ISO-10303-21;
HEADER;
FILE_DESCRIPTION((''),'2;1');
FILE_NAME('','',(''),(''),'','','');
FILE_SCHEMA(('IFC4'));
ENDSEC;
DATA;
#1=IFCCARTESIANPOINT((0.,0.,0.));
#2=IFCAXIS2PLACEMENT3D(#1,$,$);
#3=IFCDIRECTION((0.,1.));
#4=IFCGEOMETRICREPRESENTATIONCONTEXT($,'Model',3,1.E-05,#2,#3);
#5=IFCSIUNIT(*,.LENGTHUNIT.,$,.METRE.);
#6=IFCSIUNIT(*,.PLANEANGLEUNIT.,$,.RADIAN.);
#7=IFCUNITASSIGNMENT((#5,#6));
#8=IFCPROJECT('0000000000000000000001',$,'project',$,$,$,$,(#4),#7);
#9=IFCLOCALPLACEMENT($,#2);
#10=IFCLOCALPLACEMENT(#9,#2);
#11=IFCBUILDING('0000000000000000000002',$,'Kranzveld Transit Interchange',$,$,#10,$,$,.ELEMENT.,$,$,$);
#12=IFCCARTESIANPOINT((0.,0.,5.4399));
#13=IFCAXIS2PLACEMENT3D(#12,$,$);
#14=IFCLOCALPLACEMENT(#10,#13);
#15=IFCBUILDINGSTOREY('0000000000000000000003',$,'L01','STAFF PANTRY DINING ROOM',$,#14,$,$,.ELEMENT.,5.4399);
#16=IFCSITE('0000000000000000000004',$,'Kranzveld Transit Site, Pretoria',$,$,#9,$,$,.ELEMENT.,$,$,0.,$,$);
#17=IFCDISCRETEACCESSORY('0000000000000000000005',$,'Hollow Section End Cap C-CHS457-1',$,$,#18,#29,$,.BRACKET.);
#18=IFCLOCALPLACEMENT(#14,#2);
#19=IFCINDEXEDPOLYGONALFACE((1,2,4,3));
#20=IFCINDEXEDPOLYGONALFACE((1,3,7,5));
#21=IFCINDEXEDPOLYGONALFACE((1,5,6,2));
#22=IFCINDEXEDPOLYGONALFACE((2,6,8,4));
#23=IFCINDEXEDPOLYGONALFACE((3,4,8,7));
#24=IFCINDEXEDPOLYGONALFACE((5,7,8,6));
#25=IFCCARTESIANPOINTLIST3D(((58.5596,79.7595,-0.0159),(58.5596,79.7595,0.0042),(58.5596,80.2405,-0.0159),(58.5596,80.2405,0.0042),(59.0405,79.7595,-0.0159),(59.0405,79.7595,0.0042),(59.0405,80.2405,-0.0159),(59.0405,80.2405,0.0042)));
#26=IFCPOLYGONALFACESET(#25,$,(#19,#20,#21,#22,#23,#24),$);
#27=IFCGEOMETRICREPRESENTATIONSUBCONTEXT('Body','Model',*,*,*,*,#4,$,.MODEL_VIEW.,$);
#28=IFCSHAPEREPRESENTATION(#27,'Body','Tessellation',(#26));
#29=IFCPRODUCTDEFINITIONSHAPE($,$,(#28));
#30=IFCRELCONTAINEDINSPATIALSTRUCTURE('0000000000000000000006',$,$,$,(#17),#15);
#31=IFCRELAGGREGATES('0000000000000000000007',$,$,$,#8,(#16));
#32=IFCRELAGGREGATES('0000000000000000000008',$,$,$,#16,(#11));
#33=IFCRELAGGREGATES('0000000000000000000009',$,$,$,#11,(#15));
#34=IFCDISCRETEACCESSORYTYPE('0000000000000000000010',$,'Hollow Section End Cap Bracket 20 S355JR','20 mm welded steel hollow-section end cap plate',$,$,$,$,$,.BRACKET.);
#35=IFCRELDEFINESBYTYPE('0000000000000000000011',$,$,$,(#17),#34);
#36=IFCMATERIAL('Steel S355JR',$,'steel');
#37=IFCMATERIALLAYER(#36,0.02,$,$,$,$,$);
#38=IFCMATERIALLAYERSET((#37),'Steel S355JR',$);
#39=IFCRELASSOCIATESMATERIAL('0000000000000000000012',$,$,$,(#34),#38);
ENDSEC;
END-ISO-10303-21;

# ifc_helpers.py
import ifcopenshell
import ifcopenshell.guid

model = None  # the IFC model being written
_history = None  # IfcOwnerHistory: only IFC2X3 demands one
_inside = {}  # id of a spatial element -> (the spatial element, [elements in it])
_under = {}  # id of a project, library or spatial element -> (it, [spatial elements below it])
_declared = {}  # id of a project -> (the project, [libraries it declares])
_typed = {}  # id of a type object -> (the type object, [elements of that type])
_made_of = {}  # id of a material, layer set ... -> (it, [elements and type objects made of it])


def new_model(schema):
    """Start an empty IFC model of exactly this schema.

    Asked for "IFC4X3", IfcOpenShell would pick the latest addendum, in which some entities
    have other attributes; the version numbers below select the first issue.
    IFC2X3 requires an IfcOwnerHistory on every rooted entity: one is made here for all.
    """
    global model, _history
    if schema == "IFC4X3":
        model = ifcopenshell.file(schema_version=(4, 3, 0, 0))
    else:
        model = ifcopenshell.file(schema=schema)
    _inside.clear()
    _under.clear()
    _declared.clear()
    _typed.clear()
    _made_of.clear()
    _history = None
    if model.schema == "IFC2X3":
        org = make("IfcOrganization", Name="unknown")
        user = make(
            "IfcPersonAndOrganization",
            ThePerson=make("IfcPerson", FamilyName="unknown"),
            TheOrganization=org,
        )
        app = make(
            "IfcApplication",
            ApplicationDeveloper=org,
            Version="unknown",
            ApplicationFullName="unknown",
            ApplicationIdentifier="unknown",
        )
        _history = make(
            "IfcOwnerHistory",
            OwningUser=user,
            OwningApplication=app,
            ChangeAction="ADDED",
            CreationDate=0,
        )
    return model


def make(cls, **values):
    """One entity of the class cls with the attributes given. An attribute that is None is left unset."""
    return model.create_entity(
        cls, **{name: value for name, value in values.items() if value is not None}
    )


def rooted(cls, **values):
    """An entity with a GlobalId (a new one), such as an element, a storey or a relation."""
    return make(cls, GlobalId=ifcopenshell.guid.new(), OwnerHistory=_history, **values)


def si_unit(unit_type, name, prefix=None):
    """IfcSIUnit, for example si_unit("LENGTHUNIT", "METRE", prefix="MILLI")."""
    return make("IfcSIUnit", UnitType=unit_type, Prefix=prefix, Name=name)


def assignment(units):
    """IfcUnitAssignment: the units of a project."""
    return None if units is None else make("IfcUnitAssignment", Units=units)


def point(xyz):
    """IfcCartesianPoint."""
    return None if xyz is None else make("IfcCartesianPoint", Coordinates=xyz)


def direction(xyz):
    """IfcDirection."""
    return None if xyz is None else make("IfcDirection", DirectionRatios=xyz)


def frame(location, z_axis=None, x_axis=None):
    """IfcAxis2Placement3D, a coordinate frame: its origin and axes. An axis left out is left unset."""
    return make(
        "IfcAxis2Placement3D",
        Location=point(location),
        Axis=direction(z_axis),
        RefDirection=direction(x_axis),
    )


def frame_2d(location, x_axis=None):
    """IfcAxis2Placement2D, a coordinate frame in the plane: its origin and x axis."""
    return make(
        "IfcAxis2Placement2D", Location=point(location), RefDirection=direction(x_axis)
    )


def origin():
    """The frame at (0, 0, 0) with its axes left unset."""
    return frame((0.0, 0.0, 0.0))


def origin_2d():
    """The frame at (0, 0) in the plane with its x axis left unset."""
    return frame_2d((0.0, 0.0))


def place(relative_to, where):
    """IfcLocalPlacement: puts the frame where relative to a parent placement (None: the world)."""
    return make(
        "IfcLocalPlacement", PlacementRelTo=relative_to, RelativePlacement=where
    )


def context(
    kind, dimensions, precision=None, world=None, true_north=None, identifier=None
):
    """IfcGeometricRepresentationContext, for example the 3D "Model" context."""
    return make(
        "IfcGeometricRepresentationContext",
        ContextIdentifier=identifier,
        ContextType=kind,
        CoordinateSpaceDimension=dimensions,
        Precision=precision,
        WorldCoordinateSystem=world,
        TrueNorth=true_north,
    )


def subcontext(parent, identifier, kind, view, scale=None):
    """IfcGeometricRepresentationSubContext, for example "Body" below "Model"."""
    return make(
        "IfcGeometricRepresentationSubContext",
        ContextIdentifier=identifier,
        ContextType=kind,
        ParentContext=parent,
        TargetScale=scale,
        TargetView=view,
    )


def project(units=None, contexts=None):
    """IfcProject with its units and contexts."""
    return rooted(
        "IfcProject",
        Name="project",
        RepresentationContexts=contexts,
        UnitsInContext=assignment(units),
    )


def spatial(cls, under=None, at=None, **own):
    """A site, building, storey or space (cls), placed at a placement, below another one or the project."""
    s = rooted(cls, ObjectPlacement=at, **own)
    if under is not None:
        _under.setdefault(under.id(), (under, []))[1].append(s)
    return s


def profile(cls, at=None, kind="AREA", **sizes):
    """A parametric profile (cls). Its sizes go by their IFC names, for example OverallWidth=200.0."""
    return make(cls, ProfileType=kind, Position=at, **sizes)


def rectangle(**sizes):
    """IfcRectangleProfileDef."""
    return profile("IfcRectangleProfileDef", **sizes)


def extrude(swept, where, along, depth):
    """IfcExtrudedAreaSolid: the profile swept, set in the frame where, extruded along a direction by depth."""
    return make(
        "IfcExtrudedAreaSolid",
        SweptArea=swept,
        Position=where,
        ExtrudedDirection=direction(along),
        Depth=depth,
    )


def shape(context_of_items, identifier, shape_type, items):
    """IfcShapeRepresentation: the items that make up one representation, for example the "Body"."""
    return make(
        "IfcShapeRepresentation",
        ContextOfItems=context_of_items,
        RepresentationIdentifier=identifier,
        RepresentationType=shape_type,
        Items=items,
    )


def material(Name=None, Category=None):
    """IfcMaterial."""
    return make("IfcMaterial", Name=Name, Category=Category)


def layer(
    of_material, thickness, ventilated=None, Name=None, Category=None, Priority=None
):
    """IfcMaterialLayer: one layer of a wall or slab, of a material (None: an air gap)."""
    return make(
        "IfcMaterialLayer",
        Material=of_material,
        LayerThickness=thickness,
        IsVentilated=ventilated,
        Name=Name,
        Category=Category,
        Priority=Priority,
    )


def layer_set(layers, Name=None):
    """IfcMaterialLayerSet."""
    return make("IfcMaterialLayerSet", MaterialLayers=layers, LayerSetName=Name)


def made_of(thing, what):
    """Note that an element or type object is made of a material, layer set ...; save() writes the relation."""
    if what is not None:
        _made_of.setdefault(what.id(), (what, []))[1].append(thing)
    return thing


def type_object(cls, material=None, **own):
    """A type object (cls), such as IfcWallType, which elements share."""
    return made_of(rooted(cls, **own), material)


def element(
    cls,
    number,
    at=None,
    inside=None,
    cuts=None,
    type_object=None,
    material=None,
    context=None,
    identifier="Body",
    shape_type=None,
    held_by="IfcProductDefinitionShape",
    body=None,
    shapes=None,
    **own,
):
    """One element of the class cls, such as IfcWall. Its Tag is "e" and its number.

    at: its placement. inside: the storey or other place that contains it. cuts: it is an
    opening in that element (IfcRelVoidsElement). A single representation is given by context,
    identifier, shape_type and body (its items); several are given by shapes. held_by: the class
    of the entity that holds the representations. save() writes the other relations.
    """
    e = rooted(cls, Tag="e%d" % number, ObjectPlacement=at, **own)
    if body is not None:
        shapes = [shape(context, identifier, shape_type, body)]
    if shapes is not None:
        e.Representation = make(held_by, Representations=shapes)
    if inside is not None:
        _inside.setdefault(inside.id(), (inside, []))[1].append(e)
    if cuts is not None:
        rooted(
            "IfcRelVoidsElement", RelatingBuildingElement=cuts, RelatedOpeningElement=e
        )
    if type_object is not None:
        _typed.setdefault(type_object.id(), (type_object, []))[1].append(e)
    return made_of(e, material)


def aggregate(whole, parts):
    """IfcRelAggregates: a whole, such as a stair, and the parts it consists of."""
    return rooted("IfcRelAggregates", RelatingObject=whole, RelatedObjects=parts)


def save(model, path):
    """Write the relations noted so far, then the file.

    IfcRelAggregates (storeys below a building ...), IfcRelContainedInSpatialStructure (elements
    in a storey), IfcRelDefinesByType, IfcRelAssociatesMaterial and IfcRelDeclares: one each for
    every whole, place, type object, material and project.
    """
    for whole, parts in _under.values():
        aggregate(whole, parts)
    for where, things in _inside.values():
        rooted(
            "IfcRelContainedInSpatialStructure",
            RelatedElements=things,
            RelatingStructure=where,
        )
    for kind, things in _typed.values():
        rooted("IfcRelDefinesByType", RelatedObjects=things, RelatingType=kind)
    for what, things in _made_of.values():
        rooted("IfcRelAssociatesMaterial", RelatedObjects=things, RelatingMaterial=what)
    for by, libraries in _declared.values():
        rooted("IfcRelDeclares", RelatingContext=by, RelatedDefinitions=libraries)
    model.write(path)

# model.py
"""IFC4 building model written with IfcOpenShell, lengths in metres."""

from ifc_helpers import new_model, si_unit, direction, frame, origin, origin_2d, place, context, subcontext, project, spatial, rectangle, extrude, material, layer, layer_set, type_object, element, save


model = new_model("IFC4")

# Units and contexts
model_context = context("Model", 3, precision=1e-05, world=origin(), true_north=direction((0.0, 1.0)))
body_context = subcontext(model_context, "Body", "Model", "MODEL_VIEW")
ifc_project = project(units=[si_unit("LENGTHUNIT", "METRE"), si_unit("PLANEANGLEUNIT", "RADIAN")], contexts=[model_context])

# Site, building, storey
site_placement = place(None, origin())
site = spatial("IfcSite", under=ifc_project, at=site_placement, Name="Kranzveld Transit Site, Pretoria", CompositionType="ELEMENT", RefElevation=0.0)
building_placement = place(site_placement, origin())
building = spatial("IfcBuilding", under=site, at=building_placement, Name="Kranzveld Transit Interchange", CompositionType="ELEMENT")
storey_placement = place(building_placement, frame((0.0, 0.0, 5.4399)))
storey = spatial("IfcBuildingStorey", under=building, at=storey_placement, Name="L01", Description="STAFF PANTRY DINING ROOM", CompositionType="ELEMENT", Elevation=5.4399)

# Discrete accessory
ifc_material_1 = material(Name="Steel S355JR", Category="steel")
ifc_layer_1 = layer(ifc_material_1, 0.02)
ifc_layer_set_1 = layer_set([ifc_layer_1], Name="Steel S355JR")
discrete_accessory_type = type_object("IfcDiscreteAccessoryType", Name="Hollow Section End Cap Bracket 20 S355JR", Description="20 mm welded steel hollow-section end cap plate", PredefinedType="BRACKET", material=ifc_layer_set_1)
discrete_accessory_placement = place(storey_placement, frame((58.8, 80.0, 0.0042), z_axis=(0.0, 0.0, -1.0), x_axis=(1.0, 0.0, 0.0)))
element("IfcDiscreteAccessory", 1, at=discrete_accessory_placement, inside=storey, type_object=discrete_accessory_type, Name="Hollow Section End Cap C-CHS457-1", PredefinedType="BRACKET", context=body_context, shape_type="SweptSolid", body=[
    extrude(rectangle(XDim=0.481, YDim=0.481, at=origin_2d()), origin(), (0.0, 0.0, 1.0), 0.02),
])

save(model, "model.ifc")
